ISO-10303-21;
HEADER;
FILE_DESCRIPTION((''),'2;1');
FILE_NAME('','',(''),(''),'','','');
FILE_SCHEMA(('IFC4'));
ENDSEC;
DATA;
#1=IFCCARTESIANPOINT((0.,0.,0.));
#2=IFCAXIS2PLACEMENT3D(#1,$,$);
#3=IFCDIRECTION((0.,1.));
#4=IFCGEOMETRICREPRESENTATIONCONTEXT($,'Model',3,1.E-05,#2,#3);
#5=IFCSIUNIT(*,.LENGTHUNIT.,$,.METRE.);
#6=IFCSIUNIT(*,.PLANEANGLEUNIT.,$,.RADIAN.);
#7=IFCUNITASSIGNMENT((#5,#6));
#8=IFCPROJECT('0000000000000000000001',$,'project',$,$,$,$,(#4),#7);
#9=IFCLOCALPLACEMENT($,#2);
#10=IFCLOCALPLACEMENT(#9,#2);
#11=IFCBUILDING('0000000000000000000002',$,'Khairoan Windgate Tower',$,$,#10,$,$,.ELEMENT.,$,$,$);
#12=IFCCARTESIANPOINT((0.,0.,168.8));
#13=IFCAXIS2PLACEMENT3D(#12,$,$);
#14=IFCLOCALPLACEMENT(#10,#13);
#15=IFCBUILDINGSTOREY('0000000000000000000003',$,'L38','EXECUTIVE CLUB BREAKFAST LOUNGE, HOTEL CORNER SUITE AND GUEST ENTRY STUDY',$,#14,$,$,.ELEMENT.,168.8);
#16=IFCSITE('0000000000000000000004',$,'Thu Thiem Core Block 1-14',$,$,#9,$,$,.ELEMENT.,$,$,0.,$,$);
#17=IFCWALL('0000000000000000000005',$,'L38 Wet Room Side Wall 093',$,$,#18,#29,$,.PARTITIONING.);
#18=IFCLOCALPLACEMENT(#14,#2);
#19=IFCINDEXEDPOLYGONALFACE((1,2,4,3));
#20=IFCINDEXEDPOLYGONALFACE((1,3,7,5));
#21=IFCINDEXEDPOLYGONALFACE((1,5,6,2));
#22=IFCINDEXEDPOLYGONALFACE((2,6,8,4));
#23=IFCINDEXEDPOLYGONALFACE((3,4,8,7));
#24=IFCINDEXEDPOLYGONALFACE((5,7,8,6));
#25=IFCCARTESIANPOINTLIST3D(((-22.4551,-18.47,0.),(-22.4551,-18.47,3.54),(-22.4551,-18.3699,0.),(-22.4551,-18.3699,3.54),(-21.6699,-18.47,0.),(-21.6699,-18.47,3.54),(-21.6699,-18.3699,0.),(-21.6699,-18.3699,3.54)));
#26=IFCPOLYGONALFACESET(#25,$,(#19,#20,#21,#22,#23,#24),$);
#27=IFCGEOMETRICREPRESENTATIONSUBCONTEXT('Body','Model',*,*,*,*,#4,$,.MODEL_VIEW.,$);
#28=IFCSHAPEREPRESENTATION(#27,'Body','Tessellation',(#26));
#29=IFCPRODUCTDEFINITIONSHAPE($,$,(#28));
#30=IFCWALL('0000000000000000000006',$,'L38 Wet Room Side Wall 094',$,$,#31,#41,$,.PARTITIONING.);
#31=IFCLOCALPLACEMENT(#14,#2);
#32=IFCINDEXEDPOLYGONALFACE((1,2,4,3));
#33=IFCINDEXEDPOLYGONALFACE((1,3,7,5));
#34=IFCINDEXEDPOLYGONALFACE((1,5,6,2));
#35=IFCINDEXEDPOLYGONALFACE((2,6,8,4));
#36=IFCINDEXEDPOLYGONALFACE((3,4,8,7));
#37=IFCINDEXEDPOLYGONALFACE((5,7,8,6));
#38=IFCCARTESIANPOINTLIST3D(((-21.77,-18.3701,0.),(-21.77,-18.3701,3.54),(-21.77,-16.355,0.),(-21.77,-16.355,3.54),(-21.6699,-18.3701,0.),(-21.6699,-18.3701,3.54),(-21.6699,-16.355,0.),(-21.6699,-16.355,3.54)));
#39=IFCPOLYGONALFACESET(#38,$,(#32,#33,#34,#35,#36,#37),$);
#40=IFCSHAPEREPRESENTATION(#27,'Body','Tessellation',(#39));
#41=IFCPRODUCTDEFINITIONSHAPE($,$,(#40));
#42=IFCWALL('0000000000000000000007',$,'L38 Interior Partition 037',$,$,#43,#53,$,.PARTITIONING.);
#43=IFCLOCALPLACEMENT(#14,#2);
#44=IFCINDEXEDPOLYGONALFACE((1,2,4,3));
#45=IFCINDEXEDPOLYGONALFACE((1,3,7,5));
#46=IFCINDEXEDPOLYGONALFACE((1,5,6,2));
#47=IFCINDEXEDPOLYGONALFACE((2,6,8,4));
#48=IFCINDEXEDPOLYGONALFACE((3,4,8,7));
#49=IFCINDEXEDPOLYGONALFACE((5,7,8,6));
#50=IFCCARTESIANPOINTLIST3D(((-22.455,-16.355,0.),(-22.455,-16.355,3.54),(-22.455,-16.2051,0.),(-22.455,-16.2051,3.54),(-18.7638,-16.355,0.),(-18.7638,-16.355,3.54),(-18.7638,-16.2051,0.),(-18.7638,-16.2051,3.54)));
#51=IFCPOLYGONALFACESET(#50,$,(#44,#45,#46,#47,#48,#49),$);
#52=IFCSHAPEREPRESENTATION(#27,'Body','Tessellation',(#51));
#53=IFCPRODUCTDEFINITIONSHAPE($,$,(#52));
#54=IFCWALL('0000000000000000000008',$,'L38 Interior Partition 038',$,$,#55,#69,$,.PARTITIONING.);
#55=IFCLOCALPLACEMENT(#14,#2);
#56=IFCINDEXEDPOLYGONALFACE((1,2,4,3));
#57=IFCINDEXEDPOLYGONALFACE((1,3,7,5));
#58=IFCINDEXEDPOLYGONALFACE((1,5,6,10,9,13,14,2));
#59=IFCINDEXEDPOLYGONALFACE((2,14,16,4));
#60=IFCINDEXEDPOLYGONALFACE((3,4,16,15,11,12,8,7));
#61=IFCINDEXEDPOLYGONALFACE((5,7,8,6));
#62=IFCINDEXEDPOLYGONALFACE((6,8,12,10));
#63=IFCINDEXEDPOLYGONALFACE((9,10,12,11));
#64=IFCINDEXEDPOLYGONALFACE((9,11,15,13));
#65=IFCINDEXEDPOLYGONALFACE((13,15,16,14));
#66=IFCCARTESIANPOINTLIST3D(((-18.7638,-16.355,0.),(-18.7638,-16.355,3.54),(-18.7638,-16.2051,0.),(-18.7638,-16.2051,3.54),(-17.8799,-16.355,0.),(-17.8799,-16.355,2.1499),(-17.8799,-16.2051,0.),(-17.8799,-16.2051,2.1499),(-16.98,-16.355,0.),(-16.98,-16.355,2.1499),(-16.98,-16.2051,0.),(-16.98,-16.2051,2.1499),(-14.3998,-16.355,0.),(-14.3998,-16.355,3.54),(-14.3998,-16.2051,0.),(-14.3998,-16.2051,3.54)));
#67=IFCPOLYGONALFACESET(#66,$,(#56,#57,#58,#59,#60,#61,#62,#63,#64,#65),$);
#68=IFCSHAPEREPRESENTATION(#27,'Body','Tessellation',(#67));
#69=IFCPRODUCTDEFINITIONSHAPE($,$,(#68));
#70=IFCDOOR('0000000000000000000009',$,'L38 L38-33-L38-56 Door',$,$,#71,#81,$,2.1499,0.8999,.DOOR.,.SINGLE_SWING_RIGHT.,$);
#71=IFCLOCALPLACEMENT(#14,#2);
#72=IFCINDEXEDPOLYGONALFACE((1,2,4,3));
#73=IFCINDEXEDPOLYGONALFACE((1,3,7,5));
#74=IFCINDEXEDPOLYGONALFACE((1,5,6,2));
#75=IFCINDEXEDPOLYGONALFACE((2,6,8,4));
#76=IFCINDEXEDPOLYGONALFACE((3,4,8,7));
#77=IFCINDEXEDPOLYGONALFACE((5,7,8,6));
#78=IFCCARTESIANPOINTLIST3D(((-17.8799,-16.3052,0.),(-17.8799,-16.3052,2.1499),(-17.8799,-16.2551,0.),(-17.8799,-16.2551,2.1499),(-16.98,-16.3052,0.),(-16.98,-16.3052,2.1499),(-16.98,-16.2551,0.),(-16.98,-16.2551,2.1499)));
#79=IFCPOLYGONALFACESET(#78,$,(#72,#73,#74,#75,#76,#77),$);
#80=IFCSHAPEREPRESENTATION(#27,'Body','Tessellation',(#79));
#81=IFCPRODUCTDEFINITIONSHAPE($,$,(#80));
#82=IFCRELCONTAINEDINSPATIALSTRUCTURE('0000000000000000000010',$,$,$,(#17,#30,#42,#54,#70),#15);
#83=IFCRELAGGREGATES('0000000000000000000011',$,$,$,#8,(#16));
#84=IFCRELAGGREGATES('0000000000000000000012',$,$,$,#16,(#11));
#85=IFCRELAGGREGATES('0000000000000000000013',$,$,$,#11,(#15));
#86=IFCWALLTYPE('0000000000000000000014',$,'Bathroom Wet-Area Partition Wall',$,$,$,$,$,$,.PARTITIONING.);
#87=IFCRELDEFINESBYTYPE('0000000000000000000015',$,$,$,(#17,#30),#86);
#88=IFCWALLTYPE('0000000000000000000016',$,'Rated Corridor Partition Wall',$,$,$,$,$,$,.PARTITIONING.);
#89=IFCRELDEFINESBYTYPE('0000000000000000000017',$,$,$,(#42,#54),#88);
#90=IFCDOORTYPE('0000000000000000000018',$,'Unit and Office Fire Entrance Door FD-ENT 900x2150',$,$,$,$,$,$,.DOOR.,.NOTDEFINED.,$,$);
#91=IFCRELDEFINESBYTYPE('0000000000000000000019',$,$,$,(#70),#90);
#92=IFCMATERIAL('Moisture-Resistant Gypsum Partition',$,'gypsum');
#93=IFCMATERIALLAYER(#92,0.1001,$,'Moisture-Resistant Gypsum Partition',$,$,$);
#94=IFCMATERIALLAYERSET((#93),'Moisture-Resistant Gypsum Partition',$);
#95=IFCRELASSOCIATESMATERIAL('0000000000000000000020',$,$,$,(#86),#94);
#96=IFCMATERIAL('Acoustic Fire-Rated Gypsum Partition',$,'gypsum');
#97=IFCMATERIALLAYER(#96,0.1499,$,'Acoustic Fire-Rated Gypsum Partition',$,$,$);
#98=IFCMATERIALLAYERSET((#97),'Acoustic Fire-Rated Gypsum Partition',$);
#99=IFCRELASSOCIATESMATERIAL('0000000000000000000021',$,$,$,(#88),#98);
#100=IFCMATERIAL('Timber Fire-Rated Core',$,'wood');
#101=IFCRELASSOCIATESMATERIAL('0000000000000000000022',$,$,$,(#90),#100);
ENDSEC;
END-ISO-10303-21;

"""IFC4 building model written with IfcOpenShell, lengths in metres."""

from ifc_helpers import new_model, si_unit, direction, frame, frame_2d, origin, place, context, subcontext, project, spatial, rectangle, extrude, material, layer, layer_set, type_object, element, fill, save


model = new_model("IFC4")

# Units and contexts
model_context = context("Model", 3, precision=1e-05, world=origin(), true_north=direction((0.0, 1.0)))
body_context = subcontext(model_context, "Body", "Model", "MODEL_VIEW")
ifc_project = project(units=[si_unit("LENGTHUNIT", "METRE"), si_unit("PLANEANGLEUNIT", "RADIAN")], contexts=[model_context])

# Site, building, storey
site_placement = place(None, origin())
site = spatial("IfcSite", under=ifc_project, at=site_placement, Name="Thu Thiem Core Block 1-14", CompositionType="ELEMENT", RefElevation=0.0)
building_placement = place(site_placement, origin())
building = spatial("IfcBuilding", under=site, at=building_placement, Name="Khairoan Windgate Tower", CompositionType="ELEMENT")
storey_placement = place(building_placement, frame((0.0, 0.0, 168.8)))
storey = spatial("IfcBuildingStorey", under=building, at=storey_placement, Name="L38", Description="EXECUTIVE CLUB BREAKFAST LOUNGE, HOTEL CORNER SUITE AND GUEST ENTRY STUDY", CompositionType="ELEMENT", Elevation=168.8)

# Shared definitions
ifc_material_1 = material(Name="Moisture-Resistant Gypsum Partition", Category="gypsum")
ifc_layer_1 = layer(ifc_material_1, 0.1001, Name="Moisture-Resistant Gypsum Partition")
ifc_layer_set_1 = layer_set([ifc_layer_1], Name="Moisture-Resistant Gypsum Partition")
wall_type_1 = type_object("IfcWallType", Name="Bathroom Wet-Area Partition Wall", PredefinedType="PARTITIONING", material=ifc_layer_set_1)

# Walls
wall_1_placement = place(storey_placement, frame((-21.6699, -18.4199, 0.0), z_axis=(0.0, 0.0, 1.0), x_axis=(-1.0, 0.0, 0.0)))
element("IfcWall", 1, at=wall_1_placement, inside=storey, type_object=wall_type_1, Name="L38 Wet Room Side Wall 093", PredefinedType="PARTITIONING", context=body_context, shape_type="SweptSolid", body=[
    extrude(rectangle(XDim=0.7852, YDim=0.1001, at=frame_2d((0.3926, 0.0))), origin(), (0.0, 0.0, 1.0), 3.54),
])
wall_2_placement = place(storey_placement, frame((-21.72, -18.3701, 0.0), z_axis=(0.0, 0.0, 1.0), x_axis=(0.0, 1.0, 0.0)))
element("IfcWall", 2, at=wall_2_placement, inside=storey, type_object=wall_type_1, Name="L38 Wet Room Side Wall 094", PredefinedType="PARTITIONING", context=body_context, shape_type="SweptSolid", body=[
    extrude(rectangle(XDim=2.0151, YDim=0.1001, at=frame_2d((1.0076, 0.0))), origin(), (0.0, 0.0, 1.0), 3.54),
])
ifc_material_2 = material(Name="Acoustic Fire-Rated Gypsum Partition", Category="gypsum")
ifc_layer_2 = layer(ifc_material_2, 0.1499, Name="Acoustic Fire-Rated Gypsum Partition")
ifc_layer_set_2 = layer_set([ifc_layer_2], Name="Acoustic Fire-Rated Gypsum Partition")
wall_type_2 = type_object("IfcWallType", Name="Rated Corridor Partition Wall", PredefinedType="PARTITIONING", material=ifc_layer_set_2)
wall_3_placement = place(storey_placement, frame((-22.4551, -16.28, 0.0), z_axis=(0.0, 0.0, 1.0), x_axis=(1.0, 0.0, 0.0)))
element("IfcWall", 3, at=wall_3_placement, inside=storey, type_object=wall_type_2, Name="L38 Interior Partition 037", PredefinedType="PARTITIONING", context=body_context, shape_type="SweptSolid", body=[
    extrude(rectangle(XDim=3.6912, YDim=0.1499, at=frame_2d((1.8457, 0.0))), origin(), (0.0, 0.0, 1.0), 3.54),
])

# Wall, opening, door
wall_4_placement = place(storey_placement, frame((-18.7639, -16.28, 0.0), z_axis=(0.0, 0.0, 1.0), x_axis=(1.0, 0.0, 0.0)))
wall_4 = element("IfcWall", 4, at=wall_4_placement, inside=storey, type_object=wall_type_2, Name="L38 Interior Partition 038", PredefinedType="PARTITIONING", context=body_context, shape_type="SweptSolid", body=[
    extrude(rectangle(XDim=4.364, YDim=0.1499, at=frame_2d((2.1821, 0.0))), origin(), (0.0, 0.0, 1.0), 3.54),
])
opening_1_placement = place(wall_4_placement, frame((0.884, 0.0, 0.0)))
opening_1 = element("IfcOpeningElement", 5, at=opening_1_placement, cuts=wall_4, PredefinedType="OPENING", context=body_context, shape_type="SweptSolid", body=[
    extrude(rectangle(XDim=0.8999, YDim=2.1499, at=frame_2d((0.45, 1.075))), frame((0.0, 0.085, 0.0), z_axis=(0.0, -1.0, 0.0), x_axis=(1.0, 0.0, 0.0)), (0.0, 0.0, 1.0), 0.1699),
])
ifc_material_3 = material(Name="Timber Fire-Rated Core", Category="wood")
door_type_1 = type_object("IfcDoorType", Name="Unit and Office Fire Entrance Door FD-ENT 900x2150", OperationType="NOTDEFINED", PredefinedType="DOOR", material=ifc_material_3)
door_1_placement = place(opening_1_placement, origin())
door_1 = element("IfcDoor", 6, at=door_1_placement, inside=storey, type_object=door_type_1, Name="L38 L38-33-L38-56 Door", OperationType="SINGLE_SWING_RIGHT", OverallHeight=2.1499, OverallWidth=0.8999, PredefinedType="DOOR", context=body_context, shape_type="SweptSolid", body=[
    extrude(rectangle(XDim=0.8999, YDim=2.1499, at=frame_2d((0.45, 1.075))), frame((0.0, 0.0249, 0.0), z_axis=(0.0, -1.0, 0.0), x_axis=(1.0, 0.0, 0.0)), (0.0, 0.0, 1.0), 0.05),
])
fill(opening_1, door_1)

save(model, "model.ifc")
